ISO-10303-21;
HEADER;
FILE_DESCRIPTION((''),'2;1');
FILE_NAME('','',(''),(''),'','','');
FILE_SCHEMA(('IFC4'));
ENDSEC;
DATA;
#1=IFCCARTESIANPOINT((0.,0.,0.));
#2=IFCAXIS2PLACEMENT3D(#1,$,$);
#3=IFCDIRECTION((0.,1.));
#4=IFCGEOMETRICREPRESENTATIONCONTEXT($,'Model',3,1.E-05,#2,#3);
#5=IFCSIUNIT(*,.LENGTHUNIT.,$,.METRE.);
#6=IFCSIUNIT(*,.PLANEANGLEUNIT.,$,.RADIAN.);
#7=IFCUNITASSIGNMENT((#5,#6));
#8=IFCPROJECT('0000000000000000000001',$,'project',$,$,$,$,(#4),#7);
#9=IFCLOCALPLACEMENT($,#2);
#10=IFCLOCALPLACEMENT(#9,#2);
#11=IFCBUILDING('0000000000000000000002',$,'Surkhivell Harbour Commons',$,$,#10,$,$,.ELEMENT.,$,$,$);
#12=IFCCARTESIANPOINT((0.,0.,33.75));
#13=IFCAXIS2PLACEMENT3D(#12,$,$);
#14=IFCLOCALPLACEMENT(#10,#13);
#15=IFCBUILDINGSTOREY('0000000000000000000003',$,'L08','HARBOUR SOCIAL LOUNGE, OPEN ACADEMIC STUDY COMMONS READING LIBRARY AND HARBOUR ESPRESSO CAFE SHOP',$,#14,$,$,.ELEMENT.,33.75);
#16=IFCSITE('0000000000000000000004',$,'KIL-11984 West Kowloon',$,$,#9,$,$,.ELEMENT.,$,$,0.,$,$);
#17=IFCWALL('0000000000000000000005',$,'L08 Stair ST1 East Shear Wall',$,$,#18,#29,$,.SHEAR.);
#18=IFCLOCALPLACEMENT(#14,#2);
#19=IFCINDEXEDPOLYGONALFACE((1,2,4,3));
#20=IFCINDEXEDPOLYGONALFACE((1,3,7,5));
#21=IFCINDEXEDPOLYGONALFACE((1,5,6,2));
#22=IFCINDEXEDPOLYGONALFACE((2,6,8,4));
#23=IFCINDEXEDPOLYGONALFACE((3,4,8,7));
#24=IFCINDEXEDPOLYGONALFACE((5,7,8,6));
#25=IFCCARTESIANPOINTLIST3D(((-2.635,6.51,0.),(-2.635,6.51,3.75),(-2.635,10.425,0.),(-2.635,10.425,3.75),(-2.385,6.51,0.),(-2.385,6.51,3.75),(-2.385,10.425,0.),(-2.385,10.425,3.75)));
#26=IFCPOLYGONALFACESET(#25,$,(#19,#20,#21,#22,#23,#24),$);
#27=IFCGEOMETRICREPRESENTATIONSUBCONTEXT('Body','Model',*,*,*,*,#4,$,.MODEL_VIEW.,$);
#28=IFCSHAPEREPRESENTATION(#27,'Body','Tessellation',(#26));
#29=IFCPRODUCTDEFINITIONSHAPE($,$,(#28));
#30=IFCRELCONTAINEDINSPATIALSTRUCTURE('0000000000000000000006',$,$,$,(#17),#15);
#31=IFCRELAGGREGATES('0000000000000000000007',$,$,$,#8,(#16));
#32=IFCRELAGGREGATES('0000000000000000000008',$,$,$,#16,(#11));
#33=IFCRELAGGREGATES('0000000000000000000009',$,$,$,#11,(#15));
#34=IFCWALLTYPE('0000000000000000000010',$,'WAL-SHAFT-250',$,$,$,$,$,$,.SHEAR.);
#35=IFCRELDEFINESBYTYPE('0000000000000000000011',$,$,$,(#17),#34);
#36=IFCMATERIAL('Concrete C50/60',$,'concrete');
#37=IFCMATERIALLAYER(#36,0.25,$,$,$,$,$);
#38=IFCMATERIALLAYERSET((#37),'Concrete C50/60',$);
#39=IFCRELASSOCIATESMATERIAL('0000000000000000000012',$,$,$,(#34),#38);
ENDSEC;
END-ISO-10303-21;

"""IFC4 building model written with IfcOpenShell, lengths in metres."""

from ifc_helpers import new_model, si_unit, direction, frame, frame_2d, origin, place, context, subcontext, project, spatial, rectangle, extrude, material, layer, layer_set, type_object, element, save


model = new_model("IFC4")

# Units and contexts
model_context = context("Model", 3, precision=1e-05, world=origin(), true_north=direction((0.0, 1.0)))
body_context = subcontext(model_context, "Body", "Model", "MODEL_VIEW")
ifc_project = project(units=[si_unit("LENGTHUNIT", "METRE"), si_unit("PLANEANGLEUNIT", "RADIAN")], contexts=[model_context])

# Site, building, storey
site_placement = place(None, origin())
site = spatial("IfcSite", under=ifc_project, at=site_placement, Name="KIL-11984 West Kowloon", CompositionType="ELEMENT", RefElevation=0.0)
building_placement = place(site_placement, origin())
building = spatial("IfcBuilding", under=site, at=building_placement, Name="Surkhivell Harbour Commons", CompositionType="ELEMENT")
storey_placement = place(building_placement, frame((0.0, 0.0, 33.75)))
storey = spatial("IfcBuildingStorey", under=building, at=storey_placement, Name="L08", Description="HARBOUR SOCIAL LOUNGE, OPEN ACADEMIC STUDY COMMONS READING LIBRARY AND HARBOUR ESPRESSO CAFE SHOP", CompositionType="ELEMENT", Elevation=33.75)

# Shared definitions
ifc_material_1 = material(Name="Concrete C50/60", Category="concrete")
ifc_layer_1 = layer(ifc_material_1, 0.25)
ifc_layer_set_1 = layer_set([ifc_layer_1], Name="Concrete C50/60")
wall_type_1 = type_object("IfcWallType", Name="WAL-SHAFT-250", PredefinedType="SHEAR", material=ifc_layer_set_1)

# Wall
wall_1_placement = place(storey_placement, frame((-2.51, 6.51, 0.0), z_axis=(0.0, 0.0, 1.0), x_axis=(0.0, 1.0, 0.0)))
element("IfcWall", 1, at=wall_1_placement, inside=storey, type_object=wall_type_1, Name="L08 Stair ST1 East Shear Wall", PredefinedType="SHEAR", context=body_context, shape_type="SweptSolid", body=[
    extrude(rectangle(XDim=3.915, YDim=0.25, at=frame_2d((1.9575, 0.0))), origin(), (0.0, 0.0, 1.0), 3.75),
])

save(model, "model.ifc")
